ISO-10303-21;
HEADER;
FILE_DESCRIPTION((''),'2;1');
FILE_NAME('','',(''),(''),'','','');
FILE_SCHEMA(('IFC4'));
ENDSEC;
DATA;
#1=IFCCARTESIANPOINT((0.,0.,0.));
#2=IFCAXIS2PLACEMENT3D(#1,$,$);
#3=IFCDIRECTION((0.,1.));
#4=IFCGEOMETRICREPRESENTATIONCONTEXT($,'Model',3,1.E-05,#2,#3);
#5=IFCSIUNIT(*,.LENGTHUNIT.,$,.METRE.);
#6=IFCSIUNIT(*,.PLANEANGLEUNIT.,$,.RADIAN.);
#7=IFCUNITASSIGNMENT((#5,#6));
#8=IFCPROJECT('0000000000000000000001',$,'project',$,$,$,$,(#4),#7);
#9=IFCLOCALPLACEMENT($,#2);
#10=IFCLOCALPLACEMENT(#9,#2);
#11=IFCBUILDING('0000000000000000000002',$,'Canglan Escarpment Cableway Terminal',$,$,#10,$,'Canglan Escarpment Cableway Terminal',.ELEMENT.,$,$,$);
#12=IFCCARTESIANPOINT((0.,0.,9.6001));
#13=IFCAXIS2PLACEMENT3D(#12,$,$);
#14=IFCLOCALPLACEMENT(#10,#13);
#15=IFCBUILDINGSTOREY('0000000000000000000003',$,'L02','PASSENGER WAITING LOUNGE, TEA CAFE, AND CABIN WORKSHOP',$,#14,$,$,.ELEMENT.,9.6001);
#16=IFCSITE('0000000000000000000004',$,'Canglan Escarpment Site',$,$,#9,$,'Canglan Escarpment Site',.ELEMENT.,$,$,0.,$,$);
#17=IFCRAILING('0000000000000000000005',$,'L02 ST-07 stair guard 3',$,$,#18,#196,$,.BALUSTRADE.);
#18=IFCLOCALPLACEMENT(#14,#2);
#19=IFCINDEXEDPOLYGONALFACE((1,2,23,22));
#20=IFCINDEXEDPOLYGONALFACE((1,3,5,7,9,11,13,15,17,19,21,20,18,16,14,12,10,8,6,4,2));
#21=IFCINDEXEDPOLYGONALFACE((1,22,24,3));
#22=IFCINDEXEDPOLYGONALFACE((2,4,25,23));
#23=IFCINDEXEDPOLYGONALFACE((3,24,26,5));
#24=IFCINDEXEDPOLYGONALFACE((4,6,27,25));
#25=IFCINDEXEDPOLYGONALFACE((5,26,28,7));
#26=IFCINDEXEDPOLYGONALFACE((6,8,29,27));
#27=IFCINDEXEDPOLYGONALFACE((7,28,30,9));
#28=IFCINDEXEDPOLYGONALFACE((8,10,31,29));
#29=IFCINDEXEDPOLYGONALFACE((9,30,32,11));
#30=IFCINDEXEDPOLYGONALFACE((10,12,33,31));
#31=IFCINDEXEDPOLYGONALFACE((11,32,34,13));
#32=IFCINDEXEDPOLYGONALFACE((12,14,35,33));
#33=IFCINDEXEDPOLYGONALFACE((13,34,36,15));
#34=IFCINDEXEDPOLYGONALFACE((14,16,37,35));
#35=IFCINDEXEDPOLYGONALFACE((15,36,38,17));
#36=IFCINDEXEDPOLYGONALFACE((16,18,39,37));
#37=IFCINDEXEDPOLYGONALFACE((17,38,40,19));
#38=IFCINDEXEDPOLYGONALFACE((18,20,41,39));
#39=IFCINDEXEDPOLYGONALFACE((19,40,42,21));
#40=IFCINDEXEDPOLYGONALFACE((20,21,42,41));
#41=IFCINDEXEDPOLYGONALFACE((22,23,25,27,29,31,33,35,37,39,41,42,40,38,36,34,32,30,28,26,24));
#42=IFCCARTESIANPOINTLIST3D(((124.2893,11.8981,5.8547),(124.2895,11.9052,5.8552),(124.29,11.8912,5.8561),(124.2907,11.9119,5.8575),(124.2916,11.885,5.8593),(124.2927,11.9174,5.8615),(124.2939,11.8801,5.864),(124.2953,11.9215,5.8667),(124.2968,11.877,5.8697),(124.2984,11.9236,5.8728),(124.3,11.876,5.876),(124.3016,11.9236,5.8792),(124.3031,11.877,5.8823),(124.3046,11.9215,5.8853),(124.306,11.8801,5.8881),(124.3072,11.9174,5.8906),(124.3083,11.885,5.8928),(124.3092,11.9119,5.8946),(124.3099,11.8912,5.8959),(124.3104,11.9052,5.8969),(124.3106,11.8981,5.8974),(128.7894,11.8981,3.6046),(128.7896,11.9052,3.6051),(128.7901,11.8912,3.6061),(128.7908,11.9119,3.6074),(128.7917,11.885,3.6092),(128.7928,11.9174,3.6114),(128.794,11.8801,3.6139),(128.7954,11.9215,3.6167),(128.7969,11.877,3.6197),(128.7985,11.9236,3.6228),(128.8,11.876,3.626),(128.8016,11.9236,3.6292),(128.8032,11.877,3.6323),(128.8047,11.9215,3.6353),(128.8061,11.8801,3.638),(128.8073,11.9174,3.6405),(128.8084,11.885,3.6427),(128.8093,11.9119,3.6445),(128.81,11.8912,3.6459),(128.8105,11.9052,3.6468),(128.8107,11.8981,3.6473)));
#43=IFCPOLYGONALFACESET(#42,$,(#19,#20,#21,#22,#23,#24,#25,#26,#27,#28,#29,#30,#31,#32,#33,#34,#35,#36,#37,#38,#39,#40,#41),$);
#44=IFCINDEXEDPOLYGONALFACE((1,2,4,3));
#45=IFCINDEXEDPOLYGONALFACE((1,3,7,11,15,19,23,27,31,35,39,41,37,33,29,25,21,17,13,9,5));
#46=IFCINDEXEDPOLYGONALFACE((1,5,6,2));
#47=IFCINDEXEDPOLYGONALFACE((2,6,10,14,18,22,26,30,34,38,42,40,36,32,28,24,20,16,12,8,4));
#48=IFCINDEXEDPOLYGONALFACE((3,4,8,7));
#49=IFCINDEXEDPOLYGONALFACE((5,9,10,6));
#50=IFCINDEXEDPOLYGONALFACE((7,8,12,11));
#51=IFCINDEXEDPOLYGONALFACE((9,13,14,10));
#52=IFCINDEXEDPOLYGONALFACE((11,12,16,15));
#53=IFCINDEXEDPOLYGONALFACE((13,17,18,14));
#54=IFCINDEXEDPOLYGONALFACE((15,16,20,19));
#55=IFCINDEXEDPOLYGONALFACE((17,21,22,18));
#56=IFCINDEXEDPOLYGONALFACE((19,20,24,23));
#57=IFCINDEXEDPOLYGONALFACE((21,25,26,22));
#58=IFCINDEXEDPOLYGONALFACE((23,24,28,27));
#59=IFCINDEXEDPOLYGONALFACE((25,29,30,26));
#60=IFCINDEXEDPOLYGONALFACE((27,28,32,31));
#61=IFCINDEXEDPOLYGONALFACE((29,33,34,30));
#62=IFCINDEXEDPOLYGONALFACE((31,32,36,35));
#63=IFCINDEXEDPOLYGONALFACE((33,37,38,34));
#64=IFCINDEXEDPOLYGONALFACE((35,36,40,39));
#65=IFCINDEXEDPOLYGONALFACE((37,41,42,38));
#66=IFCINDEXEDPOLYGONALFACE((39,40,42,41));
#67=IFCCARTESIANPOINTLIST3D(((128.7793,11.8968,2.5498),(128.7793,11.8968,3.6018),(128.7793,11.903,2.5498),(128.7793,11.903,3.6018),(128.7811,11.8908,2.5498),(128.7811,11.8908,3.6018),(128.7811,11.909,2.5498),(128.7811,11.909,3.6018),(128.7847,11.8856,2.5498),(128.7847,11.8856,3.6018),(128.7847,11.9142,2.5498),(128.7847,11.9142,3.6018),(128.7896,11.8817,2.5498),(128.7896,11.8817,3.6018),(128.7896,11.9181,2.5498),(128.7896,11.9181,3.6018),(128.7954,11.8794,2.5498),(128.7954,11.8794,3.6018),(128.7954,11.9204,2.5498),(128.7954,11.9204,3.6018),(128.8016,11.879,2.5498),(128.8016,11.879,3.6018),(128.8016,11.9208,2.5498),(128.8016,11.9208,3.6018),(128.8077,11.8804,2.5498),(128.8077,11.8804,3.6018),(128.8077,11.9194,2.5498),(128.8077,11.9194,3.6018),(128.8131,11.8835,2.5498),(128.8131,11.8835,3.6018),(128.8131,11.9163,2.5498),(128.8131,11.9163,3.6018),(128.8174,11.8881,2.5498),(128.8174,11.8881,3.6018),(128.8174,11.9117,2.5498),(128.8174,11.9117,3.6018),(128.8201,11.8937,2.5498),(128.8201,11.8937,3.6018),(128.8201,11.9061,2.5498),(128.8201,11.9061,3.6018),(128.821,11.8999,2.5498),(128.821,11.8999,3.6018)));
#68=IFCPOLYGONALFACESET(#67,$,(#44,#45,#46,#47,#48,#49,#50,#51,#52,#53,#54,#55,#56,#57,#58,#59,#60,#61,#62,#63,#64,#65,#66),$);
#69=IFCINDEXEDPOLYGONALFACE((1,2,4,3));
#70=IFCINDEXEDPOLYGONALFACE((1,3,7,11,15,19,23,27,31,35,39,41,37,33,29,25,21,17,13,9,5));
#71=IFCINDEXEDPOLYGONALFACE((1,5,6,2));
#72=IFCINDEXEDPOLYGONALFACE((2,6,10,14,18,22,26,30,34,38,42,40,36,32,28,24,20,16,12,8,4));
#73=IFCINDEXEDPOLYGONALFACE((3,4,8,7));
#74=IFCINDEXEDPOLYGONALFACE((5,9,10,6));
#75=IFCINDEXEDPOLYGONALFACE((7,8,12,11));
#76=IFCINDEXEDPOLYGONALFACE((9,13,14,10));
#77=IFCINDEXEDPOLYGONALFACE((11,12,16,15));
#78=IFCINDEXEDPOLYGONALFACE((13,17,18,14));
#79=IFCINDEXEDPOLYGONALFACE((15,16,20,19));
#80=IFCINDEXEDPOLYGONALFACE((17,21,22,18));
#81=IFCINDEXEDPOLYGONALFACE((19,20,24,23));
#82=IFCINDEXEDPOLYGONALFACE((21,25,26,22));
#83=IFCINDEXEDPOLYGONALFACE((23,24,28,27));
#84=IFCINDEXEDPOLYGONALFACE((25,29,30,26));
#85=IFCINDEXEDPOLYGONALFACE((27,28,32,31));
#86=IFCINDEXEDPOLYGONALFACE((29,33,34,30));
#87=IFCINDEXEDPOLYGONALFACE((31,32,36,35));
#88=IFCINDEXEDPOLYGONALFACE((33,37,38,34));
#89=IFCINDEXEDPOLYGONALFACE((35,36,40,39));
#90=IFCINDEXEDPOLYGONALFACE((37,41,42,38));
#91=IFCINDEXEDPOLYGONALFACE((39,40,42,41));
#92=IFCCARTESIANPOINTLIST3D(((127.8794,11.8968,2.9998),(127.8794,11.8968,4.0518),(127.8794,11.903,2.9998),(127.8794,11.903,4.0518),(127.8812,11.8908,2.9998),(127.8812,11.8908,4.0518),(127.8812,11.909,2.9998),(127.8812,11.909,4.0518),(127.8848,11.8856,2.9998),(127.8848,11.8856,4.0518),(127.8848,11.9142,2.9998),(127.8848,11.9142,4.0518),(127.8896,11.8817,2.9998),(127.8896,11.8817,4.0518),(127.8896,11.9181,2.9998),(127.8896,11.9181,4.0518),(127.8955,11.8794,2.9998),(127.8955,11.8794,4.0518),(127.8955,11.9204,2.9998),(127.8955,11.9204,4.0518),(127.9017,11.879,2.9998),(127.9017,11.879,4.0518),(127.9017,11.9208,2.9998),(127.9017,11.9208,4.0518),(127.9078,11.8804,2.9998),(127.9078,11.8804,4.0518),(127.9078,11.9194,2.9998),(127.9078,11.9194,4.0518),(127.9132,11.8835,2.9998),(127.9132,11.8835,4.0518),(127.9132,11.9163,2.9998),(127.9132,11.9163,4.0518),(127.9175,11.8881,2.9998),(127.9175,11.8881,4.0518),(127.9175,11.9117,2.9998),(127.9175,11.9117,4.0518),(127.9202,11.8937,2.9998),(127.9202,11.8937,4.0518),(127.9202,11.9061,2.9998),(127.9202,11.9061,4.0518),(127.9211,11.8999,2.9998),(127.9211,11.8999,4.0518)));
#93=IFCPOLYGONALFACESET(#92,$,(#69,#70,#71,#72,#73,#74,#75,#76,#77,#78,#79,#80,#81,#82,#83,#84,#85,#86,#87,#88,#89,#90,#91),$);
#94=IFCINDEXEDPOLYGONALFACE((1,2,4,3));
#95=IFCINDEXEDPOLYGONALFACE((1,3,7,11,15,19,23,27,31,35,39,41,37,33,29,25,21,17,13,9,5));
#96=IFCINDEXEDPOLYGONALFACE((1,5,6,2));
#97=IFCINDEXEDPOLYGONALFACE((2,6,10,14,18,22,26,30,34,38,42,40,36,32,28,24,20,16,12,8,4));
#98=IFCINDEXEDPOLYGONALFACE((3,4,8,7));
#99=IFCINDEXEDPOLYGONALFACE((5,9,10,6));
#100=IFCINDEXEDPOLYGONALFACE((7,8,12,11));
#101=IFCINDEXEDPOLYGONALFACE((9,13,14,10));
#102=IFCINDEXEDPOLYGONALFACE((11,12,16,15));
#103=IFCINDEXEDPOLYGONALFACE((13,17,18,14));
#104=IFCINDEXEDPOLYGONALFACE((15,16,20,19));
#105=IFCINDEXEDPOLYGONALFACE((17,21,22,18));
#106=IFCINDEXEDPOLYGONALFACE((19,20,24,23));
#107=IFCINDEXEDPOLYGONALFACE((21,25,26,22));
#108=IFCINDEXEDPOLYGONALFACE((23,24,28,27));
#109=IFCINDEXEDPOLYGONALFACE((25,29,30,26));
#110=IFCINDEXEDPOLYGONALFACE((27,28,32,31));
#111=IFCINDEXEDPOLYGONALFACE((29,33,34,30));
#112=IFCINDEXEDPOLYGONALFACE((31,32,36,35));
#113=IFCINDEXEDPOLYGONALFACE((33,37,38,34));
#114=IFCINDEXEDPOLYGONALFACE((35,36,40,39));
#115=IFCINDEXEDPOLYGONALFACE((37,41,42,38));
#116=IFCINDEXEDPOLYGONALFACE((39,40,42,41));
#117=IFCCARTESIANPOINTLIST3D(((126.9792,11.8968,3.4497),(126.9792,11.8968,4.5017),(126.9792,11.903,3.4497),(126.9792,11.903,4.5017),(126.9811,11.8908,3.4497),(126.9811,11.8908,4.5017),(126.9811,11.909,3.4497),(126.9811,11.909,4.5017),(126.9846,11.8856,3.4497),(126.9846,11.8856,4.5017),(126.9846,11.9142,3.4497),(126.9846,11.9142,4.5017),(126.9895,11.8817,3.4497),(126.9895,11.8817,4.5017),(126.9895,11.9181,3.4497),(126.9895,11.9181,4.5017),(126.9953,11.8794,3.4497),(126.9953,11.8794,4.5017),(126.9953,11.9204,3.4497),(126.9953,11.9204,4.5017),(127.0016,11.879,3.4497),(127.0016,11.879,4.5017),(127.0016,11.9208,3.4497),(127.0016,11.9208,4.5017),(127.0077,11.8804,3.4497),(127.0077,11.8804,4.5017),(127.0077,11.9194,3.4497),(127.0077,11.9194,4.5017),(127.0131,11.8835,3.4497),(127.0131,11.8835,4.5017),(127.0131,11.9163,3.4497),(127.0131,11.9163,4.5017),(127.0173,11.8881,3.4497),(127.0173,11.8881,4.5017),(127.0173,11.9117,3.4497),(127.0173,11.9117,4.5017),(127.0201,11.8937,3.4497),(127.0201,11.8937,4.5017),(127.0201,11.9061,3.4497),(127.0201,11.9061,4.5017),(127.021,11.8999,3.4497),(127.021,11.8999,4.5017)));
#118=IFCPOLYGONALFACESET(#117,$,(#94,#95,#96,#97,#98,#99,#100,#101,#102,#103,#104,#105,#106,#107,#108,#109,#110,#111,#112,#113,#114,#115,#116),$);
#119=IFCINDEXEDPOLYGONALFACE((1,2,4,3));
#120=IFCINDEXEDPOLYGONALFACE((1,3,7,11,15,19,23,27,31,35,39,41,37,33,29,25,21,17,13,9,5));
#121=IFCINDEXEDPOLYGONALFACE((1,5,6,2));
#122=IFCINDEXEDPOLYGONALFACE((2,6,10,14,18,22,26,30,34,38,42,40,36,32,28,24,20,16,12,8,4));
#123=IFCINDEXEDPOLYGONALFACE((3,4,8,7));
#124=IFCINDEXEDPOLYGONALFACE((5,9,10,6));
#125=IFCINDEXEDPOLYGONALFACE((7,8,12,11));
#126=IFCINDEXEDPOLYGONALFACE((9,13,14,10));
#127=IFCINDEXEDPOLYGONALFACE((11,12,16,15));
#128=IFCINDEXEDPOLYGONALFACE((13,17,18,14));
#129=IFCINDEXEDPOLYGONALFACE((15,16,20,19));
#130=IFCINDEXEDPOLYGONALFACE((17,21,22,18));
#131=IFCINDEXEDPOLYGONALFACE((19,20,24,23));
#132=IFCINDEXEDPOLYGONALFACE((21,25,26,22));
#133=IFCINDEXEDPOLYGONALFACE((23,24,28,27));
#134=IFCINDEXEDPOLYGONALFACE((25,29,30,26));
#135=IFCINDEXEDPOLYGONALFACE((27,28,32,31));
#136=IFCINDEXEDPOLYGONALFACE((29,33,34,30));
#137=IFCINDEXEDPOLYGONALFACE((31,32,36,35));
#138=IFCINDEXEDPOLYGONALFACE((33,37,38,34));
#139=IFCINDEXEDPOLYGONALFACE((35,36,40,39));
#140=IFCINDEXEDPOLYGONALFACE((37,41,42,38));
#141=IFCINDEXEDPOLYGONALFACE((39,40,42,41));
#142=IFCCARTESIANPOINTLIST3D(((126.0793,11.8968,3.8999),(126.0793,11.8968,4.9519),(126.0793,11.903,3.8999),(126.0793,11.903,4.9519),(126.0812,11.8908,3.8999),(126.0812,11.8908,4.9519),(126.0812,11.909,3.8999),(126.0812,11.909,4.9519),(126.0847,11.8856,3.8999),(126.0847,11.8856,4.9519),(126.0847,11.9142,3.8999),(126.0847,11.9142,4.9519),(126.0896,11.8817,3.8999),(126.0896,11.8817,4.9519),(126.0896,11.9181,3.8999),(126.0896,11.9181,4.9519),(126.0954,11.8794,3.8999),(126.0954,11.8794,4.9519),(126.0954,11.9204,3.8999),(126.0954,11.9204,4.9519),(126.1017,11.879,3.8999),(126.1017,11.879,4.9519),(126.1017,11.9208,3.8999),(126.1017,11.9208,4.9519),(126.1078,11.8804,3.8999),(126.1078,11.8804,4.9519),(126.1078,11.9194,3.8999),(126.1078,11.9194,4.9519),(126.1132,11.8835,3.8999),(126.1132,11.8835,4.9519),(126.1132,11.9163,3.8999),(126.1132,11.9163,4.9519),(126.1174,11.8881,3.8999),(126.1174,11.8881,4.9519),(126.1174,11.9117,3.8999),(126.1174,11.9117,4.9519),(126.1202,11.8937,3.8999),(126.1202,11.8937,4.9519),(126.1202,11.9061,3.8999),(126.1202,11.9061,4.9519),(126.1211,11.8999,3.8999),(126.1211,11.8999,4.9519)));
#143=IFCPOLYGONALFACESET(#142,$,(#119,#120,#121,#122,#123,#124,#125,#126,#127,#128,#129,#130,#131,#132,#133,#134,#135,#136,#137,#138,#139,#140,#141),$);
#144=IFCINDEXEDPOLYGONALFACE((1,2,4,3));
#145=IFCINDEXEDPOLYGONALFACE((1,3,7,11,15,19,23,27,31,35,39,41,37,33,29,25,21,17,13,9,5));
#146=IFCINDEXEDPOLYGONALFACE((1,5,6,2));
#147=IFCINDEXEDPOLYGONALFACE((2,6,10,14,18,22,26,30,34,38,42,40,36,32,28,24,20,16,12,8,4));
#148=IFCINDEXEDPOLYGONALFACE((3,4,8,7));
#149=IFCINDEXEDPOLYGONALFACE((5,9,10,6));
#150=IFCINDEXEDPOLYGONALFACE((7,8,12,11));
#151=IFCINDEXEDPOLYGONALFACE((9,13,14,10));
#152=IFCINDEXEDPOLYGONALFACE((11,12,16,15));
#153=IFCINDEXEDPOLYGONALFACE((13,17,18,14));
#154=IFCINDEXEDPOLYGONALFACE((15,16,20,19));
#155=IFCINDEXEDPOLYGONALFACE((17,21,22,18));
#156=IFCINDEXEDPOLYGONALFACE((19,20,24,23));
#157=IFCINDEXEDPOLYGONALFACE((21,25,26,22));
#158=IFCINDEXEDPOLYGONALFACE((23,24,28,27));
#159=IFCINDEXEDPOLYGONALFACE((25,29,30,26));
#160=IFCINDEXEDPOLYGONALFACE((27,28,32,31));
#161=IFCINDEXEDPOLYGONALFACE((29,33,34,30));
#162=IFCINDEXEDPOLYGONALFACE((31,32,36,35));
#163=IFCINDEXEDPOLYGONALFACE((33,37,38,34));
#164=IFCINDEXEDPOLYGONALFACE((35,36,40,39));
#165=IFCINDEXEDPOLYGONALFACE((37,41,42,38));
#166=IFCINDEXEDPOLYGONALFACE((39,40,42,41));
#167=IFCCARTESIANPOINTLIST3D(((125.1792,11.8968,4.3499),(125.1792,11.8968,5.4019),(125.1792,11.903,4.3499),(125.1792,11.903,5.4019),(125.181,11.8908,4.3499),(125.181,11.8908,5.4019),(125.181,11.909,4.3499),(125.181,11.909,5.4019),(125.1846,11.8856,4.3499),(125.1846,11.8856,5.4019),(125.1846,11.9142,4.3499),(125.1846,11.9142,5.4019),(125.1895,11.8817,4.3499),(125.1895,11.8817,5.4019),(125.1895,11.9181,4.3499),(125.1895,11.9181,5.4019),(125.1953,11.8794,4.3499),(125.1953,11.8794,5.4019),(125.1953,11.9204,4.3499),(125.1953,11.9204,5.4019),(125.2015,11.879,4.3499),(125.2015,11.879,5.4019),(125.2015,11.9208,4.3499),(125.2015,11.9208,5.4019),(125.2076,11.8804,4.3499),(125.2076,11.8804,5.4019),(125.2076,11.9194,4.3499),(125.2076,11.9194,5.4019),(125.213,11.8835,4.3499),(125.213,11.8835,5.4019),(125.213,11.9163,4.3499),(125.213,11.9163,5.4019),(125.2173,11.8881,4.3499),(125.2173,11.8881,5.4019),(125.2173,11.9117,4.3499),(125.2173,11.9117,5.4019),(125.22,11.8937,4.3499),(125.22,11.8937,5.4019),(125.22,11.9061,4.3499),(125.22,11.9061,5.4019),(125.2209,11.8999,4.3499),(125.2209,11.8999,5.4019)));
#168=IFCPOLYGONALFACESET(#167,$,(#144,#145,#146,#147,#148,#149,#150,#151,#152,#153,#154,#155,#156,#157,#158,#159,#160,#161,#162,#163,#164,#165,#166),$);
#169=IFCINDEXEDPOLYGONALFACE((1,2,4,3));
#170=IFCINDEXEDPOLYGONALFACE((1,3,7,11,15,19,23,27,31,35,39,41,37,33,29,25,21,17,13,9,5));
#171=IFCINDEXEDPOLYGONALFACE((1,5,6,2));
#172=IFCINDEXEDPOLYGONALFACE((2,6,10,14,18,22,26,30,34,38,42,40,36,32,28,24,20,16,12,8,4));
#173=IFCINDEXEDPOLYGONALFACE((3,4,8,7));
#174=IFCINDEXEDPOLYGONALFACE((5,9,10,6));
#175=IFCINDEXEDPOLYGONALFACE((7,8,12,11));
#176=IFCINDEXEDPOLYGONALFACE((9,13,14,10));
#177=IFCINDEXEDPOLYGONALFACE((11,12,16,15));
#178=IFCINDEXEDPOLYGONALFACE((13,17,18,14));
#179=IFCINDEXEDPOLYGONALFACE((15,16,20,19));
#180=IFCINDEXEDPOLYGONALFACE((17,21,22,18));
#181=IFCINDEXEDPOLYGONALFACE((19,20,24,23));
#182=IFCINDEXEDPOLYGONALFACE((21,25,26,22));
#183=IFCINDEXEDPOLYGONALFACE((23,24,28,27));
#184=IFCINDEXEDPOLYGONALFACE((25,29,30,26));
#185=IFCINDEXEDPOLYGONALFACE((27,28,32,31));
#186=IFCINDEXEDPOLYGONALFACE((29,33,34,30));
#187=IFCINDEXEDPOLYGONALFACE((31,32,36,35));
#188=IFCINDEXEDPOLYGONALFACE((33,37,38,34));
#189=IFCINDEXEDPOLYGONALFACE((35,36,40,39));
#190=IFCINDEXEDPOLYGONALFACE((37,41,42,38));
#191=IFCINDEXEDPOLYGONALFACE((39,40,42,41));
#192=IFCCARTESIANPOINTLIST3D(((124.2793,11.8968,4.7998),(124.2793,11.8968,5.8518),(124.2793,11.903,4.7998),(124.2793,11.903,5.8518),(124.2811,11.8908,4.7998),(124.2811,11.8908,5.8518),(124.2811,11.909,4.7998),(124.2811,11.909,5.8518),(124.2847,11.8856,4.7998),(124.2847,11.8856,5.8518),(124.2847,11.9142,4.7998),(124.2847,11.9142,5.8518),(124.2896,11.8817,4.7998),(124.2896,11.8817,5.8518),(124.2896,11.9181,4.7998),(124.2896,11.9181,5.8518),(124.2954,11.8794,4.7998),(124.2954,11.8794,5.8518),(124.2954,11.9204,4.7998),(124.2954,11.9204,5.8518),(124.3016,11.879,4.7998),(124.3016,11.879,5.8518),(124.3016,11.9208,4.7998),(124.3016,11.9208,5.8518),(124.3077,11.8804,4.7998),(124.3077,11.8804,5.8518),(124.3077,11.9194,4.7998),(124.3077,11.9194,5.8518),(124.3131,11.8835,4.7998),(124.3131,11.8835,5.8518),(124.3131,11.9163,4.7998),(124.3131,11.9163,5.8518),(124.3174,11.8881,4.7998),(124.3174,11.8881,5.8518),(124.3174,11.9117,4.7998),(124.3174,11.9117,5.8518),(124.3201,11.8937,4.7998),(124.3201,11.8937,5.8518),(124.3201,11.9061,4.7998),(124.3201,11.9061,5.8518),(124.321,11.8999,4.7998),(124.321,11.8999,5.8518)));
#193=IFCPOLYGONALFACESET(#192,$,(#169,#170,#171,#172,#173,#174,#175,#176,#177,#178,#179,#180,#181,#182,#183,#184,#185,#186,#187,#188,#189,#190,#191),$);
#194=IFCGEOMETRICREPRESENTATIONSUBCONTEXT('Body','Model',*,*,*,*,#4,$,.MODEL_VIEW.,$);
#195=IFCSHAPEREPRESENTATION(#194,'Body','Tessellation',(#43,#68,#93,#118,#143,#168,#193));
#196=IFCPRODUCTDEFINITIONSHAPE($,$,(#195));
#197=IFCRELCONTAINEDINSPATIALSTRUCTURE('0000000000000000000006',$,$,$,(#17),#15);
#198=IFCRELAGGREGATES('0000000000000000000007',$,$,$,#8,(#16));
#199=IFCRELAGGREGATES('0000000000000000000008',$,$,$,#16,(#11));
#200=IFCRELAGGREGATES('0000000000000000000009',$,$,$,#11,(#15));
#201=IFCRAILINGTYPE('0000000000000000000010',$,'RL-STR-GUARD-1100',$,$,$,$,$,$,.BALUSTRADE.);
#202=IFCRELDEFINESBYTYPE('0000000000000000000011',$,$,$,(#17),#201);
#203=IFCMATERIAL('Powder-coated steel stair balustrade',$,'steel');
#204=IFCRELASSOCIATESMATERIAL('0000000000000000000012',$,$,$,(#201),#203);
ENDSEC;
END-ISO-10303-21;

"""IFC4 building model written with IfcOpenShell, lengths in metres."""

from ifc_helpers import new_model, si_unit, direction, frame, origin, origin_2d, place, context, subcontext, project, spatial, circle, extrude, material, type_object, element, save


model = new_model("IFC4")

# Units and contexts
model_context = context("Model", 3, precision=1e-05, world=origin(), true_north=direction((0.0, 1.0)))
body_context = subcontext(model_context, "Body", "Model", "MODEL_VIEW")
ifc_project = project(units=[si_unit("LENGTHUNIT", "METRE"), si_unit("PLANEANGLEUNIT", "RADIAN")], contexts=[model_context])

# Site, building, storey
site_placement = place(None, origin())
site = spatial("IfcSite", under=ifc_project, at=site_placement, Name="Canglan Escarpment Site", LongName="Canglan Escarpment Site", CompositionType="ELEMENT", RefElevation=0.0)
building_placement = place(site_placement, origin())
building = spatial("IfcBuilding", under=site, at=building_placement, Name="Canglan Escarpment Cableway Terminal", LongName="Canglan Escarpment Cableway Terminal", CompositionType="ELEMENT")
storey_placement = place(building_placement, frame((0.0, 0.0, 9.6001)))
storey = spatial("IfcBuildingStorey", under=building, at=storey_placement, Name="L02", Description="PASSENGER WAITING LOUNGE, TEA CAFE, AND CABIN WORKSHOP", CompositionType="ELEMENT", Elevation=9.6001)

# Railing
ifc_material_1 = material(Name="Powder-coated steel stair balustrade", Category="steel")
railing_type_1 = type_object("IfcRailingType", Name="RL-STR-GUARD-1100", PredefinedType="BALUSTRADE", material=ifc_material_1)
railing_1_placement = place(storey_placement, frame((128.8, 11.8999, 2.5498)))
element("IfcRailing", 1, at=railing_1_placement, inside=storey, type_object=railing_type_1, Name="L02 ST-07 stair guard 3", PredefinedType="BALUSTRADE", context=body_context, shape_type="SweptSolid", body=[
    extrude(circle(Radius=0.0239, at=origin_2d()), frame((0.0, 0.0, 1.0762), z_axis=(-0.894427, 0.0, 0.447214), x_axis=(0.0, -1.0, 0.0)), (0.0, 0.0, 1.0), 5.0312),
    extrude(circle(Radius=0.021, at=origin_2d()), origin(), (0.0, 0.0, 1.0), 1.052),
    extrude(circle(Radius=0.021, at=origin_2d()), frame((-0.8999, 0.0, 0.45)), (0.0, 0.0, 1.0), 1.052),
    extrude(circle(Radius=0.021, at=origin_2d()), frame((-1.8, 0.0, 0.8999)), (0.0, 0.0, 1.0), 1.052),
    extrude(circle(Radius=0.021, at=origin_2d()), frame((-2.7, 0.0, 1.3501)), (0.0, 0.0, 1.0), 1.052),
    extrude(circle(Radius=0.021, at=origin_2d()), frame((-3.6001, 0.0, 1.8)), (0.0, 0.0, 1.0), 1.052),
    extrude(circle(Radius=0.021, at=origin_2d()), frame((-4.5, 0.0, 2.25)), (0.0, 0.0, 1.0), 1.052),
])

save(model, "model.ifc")
